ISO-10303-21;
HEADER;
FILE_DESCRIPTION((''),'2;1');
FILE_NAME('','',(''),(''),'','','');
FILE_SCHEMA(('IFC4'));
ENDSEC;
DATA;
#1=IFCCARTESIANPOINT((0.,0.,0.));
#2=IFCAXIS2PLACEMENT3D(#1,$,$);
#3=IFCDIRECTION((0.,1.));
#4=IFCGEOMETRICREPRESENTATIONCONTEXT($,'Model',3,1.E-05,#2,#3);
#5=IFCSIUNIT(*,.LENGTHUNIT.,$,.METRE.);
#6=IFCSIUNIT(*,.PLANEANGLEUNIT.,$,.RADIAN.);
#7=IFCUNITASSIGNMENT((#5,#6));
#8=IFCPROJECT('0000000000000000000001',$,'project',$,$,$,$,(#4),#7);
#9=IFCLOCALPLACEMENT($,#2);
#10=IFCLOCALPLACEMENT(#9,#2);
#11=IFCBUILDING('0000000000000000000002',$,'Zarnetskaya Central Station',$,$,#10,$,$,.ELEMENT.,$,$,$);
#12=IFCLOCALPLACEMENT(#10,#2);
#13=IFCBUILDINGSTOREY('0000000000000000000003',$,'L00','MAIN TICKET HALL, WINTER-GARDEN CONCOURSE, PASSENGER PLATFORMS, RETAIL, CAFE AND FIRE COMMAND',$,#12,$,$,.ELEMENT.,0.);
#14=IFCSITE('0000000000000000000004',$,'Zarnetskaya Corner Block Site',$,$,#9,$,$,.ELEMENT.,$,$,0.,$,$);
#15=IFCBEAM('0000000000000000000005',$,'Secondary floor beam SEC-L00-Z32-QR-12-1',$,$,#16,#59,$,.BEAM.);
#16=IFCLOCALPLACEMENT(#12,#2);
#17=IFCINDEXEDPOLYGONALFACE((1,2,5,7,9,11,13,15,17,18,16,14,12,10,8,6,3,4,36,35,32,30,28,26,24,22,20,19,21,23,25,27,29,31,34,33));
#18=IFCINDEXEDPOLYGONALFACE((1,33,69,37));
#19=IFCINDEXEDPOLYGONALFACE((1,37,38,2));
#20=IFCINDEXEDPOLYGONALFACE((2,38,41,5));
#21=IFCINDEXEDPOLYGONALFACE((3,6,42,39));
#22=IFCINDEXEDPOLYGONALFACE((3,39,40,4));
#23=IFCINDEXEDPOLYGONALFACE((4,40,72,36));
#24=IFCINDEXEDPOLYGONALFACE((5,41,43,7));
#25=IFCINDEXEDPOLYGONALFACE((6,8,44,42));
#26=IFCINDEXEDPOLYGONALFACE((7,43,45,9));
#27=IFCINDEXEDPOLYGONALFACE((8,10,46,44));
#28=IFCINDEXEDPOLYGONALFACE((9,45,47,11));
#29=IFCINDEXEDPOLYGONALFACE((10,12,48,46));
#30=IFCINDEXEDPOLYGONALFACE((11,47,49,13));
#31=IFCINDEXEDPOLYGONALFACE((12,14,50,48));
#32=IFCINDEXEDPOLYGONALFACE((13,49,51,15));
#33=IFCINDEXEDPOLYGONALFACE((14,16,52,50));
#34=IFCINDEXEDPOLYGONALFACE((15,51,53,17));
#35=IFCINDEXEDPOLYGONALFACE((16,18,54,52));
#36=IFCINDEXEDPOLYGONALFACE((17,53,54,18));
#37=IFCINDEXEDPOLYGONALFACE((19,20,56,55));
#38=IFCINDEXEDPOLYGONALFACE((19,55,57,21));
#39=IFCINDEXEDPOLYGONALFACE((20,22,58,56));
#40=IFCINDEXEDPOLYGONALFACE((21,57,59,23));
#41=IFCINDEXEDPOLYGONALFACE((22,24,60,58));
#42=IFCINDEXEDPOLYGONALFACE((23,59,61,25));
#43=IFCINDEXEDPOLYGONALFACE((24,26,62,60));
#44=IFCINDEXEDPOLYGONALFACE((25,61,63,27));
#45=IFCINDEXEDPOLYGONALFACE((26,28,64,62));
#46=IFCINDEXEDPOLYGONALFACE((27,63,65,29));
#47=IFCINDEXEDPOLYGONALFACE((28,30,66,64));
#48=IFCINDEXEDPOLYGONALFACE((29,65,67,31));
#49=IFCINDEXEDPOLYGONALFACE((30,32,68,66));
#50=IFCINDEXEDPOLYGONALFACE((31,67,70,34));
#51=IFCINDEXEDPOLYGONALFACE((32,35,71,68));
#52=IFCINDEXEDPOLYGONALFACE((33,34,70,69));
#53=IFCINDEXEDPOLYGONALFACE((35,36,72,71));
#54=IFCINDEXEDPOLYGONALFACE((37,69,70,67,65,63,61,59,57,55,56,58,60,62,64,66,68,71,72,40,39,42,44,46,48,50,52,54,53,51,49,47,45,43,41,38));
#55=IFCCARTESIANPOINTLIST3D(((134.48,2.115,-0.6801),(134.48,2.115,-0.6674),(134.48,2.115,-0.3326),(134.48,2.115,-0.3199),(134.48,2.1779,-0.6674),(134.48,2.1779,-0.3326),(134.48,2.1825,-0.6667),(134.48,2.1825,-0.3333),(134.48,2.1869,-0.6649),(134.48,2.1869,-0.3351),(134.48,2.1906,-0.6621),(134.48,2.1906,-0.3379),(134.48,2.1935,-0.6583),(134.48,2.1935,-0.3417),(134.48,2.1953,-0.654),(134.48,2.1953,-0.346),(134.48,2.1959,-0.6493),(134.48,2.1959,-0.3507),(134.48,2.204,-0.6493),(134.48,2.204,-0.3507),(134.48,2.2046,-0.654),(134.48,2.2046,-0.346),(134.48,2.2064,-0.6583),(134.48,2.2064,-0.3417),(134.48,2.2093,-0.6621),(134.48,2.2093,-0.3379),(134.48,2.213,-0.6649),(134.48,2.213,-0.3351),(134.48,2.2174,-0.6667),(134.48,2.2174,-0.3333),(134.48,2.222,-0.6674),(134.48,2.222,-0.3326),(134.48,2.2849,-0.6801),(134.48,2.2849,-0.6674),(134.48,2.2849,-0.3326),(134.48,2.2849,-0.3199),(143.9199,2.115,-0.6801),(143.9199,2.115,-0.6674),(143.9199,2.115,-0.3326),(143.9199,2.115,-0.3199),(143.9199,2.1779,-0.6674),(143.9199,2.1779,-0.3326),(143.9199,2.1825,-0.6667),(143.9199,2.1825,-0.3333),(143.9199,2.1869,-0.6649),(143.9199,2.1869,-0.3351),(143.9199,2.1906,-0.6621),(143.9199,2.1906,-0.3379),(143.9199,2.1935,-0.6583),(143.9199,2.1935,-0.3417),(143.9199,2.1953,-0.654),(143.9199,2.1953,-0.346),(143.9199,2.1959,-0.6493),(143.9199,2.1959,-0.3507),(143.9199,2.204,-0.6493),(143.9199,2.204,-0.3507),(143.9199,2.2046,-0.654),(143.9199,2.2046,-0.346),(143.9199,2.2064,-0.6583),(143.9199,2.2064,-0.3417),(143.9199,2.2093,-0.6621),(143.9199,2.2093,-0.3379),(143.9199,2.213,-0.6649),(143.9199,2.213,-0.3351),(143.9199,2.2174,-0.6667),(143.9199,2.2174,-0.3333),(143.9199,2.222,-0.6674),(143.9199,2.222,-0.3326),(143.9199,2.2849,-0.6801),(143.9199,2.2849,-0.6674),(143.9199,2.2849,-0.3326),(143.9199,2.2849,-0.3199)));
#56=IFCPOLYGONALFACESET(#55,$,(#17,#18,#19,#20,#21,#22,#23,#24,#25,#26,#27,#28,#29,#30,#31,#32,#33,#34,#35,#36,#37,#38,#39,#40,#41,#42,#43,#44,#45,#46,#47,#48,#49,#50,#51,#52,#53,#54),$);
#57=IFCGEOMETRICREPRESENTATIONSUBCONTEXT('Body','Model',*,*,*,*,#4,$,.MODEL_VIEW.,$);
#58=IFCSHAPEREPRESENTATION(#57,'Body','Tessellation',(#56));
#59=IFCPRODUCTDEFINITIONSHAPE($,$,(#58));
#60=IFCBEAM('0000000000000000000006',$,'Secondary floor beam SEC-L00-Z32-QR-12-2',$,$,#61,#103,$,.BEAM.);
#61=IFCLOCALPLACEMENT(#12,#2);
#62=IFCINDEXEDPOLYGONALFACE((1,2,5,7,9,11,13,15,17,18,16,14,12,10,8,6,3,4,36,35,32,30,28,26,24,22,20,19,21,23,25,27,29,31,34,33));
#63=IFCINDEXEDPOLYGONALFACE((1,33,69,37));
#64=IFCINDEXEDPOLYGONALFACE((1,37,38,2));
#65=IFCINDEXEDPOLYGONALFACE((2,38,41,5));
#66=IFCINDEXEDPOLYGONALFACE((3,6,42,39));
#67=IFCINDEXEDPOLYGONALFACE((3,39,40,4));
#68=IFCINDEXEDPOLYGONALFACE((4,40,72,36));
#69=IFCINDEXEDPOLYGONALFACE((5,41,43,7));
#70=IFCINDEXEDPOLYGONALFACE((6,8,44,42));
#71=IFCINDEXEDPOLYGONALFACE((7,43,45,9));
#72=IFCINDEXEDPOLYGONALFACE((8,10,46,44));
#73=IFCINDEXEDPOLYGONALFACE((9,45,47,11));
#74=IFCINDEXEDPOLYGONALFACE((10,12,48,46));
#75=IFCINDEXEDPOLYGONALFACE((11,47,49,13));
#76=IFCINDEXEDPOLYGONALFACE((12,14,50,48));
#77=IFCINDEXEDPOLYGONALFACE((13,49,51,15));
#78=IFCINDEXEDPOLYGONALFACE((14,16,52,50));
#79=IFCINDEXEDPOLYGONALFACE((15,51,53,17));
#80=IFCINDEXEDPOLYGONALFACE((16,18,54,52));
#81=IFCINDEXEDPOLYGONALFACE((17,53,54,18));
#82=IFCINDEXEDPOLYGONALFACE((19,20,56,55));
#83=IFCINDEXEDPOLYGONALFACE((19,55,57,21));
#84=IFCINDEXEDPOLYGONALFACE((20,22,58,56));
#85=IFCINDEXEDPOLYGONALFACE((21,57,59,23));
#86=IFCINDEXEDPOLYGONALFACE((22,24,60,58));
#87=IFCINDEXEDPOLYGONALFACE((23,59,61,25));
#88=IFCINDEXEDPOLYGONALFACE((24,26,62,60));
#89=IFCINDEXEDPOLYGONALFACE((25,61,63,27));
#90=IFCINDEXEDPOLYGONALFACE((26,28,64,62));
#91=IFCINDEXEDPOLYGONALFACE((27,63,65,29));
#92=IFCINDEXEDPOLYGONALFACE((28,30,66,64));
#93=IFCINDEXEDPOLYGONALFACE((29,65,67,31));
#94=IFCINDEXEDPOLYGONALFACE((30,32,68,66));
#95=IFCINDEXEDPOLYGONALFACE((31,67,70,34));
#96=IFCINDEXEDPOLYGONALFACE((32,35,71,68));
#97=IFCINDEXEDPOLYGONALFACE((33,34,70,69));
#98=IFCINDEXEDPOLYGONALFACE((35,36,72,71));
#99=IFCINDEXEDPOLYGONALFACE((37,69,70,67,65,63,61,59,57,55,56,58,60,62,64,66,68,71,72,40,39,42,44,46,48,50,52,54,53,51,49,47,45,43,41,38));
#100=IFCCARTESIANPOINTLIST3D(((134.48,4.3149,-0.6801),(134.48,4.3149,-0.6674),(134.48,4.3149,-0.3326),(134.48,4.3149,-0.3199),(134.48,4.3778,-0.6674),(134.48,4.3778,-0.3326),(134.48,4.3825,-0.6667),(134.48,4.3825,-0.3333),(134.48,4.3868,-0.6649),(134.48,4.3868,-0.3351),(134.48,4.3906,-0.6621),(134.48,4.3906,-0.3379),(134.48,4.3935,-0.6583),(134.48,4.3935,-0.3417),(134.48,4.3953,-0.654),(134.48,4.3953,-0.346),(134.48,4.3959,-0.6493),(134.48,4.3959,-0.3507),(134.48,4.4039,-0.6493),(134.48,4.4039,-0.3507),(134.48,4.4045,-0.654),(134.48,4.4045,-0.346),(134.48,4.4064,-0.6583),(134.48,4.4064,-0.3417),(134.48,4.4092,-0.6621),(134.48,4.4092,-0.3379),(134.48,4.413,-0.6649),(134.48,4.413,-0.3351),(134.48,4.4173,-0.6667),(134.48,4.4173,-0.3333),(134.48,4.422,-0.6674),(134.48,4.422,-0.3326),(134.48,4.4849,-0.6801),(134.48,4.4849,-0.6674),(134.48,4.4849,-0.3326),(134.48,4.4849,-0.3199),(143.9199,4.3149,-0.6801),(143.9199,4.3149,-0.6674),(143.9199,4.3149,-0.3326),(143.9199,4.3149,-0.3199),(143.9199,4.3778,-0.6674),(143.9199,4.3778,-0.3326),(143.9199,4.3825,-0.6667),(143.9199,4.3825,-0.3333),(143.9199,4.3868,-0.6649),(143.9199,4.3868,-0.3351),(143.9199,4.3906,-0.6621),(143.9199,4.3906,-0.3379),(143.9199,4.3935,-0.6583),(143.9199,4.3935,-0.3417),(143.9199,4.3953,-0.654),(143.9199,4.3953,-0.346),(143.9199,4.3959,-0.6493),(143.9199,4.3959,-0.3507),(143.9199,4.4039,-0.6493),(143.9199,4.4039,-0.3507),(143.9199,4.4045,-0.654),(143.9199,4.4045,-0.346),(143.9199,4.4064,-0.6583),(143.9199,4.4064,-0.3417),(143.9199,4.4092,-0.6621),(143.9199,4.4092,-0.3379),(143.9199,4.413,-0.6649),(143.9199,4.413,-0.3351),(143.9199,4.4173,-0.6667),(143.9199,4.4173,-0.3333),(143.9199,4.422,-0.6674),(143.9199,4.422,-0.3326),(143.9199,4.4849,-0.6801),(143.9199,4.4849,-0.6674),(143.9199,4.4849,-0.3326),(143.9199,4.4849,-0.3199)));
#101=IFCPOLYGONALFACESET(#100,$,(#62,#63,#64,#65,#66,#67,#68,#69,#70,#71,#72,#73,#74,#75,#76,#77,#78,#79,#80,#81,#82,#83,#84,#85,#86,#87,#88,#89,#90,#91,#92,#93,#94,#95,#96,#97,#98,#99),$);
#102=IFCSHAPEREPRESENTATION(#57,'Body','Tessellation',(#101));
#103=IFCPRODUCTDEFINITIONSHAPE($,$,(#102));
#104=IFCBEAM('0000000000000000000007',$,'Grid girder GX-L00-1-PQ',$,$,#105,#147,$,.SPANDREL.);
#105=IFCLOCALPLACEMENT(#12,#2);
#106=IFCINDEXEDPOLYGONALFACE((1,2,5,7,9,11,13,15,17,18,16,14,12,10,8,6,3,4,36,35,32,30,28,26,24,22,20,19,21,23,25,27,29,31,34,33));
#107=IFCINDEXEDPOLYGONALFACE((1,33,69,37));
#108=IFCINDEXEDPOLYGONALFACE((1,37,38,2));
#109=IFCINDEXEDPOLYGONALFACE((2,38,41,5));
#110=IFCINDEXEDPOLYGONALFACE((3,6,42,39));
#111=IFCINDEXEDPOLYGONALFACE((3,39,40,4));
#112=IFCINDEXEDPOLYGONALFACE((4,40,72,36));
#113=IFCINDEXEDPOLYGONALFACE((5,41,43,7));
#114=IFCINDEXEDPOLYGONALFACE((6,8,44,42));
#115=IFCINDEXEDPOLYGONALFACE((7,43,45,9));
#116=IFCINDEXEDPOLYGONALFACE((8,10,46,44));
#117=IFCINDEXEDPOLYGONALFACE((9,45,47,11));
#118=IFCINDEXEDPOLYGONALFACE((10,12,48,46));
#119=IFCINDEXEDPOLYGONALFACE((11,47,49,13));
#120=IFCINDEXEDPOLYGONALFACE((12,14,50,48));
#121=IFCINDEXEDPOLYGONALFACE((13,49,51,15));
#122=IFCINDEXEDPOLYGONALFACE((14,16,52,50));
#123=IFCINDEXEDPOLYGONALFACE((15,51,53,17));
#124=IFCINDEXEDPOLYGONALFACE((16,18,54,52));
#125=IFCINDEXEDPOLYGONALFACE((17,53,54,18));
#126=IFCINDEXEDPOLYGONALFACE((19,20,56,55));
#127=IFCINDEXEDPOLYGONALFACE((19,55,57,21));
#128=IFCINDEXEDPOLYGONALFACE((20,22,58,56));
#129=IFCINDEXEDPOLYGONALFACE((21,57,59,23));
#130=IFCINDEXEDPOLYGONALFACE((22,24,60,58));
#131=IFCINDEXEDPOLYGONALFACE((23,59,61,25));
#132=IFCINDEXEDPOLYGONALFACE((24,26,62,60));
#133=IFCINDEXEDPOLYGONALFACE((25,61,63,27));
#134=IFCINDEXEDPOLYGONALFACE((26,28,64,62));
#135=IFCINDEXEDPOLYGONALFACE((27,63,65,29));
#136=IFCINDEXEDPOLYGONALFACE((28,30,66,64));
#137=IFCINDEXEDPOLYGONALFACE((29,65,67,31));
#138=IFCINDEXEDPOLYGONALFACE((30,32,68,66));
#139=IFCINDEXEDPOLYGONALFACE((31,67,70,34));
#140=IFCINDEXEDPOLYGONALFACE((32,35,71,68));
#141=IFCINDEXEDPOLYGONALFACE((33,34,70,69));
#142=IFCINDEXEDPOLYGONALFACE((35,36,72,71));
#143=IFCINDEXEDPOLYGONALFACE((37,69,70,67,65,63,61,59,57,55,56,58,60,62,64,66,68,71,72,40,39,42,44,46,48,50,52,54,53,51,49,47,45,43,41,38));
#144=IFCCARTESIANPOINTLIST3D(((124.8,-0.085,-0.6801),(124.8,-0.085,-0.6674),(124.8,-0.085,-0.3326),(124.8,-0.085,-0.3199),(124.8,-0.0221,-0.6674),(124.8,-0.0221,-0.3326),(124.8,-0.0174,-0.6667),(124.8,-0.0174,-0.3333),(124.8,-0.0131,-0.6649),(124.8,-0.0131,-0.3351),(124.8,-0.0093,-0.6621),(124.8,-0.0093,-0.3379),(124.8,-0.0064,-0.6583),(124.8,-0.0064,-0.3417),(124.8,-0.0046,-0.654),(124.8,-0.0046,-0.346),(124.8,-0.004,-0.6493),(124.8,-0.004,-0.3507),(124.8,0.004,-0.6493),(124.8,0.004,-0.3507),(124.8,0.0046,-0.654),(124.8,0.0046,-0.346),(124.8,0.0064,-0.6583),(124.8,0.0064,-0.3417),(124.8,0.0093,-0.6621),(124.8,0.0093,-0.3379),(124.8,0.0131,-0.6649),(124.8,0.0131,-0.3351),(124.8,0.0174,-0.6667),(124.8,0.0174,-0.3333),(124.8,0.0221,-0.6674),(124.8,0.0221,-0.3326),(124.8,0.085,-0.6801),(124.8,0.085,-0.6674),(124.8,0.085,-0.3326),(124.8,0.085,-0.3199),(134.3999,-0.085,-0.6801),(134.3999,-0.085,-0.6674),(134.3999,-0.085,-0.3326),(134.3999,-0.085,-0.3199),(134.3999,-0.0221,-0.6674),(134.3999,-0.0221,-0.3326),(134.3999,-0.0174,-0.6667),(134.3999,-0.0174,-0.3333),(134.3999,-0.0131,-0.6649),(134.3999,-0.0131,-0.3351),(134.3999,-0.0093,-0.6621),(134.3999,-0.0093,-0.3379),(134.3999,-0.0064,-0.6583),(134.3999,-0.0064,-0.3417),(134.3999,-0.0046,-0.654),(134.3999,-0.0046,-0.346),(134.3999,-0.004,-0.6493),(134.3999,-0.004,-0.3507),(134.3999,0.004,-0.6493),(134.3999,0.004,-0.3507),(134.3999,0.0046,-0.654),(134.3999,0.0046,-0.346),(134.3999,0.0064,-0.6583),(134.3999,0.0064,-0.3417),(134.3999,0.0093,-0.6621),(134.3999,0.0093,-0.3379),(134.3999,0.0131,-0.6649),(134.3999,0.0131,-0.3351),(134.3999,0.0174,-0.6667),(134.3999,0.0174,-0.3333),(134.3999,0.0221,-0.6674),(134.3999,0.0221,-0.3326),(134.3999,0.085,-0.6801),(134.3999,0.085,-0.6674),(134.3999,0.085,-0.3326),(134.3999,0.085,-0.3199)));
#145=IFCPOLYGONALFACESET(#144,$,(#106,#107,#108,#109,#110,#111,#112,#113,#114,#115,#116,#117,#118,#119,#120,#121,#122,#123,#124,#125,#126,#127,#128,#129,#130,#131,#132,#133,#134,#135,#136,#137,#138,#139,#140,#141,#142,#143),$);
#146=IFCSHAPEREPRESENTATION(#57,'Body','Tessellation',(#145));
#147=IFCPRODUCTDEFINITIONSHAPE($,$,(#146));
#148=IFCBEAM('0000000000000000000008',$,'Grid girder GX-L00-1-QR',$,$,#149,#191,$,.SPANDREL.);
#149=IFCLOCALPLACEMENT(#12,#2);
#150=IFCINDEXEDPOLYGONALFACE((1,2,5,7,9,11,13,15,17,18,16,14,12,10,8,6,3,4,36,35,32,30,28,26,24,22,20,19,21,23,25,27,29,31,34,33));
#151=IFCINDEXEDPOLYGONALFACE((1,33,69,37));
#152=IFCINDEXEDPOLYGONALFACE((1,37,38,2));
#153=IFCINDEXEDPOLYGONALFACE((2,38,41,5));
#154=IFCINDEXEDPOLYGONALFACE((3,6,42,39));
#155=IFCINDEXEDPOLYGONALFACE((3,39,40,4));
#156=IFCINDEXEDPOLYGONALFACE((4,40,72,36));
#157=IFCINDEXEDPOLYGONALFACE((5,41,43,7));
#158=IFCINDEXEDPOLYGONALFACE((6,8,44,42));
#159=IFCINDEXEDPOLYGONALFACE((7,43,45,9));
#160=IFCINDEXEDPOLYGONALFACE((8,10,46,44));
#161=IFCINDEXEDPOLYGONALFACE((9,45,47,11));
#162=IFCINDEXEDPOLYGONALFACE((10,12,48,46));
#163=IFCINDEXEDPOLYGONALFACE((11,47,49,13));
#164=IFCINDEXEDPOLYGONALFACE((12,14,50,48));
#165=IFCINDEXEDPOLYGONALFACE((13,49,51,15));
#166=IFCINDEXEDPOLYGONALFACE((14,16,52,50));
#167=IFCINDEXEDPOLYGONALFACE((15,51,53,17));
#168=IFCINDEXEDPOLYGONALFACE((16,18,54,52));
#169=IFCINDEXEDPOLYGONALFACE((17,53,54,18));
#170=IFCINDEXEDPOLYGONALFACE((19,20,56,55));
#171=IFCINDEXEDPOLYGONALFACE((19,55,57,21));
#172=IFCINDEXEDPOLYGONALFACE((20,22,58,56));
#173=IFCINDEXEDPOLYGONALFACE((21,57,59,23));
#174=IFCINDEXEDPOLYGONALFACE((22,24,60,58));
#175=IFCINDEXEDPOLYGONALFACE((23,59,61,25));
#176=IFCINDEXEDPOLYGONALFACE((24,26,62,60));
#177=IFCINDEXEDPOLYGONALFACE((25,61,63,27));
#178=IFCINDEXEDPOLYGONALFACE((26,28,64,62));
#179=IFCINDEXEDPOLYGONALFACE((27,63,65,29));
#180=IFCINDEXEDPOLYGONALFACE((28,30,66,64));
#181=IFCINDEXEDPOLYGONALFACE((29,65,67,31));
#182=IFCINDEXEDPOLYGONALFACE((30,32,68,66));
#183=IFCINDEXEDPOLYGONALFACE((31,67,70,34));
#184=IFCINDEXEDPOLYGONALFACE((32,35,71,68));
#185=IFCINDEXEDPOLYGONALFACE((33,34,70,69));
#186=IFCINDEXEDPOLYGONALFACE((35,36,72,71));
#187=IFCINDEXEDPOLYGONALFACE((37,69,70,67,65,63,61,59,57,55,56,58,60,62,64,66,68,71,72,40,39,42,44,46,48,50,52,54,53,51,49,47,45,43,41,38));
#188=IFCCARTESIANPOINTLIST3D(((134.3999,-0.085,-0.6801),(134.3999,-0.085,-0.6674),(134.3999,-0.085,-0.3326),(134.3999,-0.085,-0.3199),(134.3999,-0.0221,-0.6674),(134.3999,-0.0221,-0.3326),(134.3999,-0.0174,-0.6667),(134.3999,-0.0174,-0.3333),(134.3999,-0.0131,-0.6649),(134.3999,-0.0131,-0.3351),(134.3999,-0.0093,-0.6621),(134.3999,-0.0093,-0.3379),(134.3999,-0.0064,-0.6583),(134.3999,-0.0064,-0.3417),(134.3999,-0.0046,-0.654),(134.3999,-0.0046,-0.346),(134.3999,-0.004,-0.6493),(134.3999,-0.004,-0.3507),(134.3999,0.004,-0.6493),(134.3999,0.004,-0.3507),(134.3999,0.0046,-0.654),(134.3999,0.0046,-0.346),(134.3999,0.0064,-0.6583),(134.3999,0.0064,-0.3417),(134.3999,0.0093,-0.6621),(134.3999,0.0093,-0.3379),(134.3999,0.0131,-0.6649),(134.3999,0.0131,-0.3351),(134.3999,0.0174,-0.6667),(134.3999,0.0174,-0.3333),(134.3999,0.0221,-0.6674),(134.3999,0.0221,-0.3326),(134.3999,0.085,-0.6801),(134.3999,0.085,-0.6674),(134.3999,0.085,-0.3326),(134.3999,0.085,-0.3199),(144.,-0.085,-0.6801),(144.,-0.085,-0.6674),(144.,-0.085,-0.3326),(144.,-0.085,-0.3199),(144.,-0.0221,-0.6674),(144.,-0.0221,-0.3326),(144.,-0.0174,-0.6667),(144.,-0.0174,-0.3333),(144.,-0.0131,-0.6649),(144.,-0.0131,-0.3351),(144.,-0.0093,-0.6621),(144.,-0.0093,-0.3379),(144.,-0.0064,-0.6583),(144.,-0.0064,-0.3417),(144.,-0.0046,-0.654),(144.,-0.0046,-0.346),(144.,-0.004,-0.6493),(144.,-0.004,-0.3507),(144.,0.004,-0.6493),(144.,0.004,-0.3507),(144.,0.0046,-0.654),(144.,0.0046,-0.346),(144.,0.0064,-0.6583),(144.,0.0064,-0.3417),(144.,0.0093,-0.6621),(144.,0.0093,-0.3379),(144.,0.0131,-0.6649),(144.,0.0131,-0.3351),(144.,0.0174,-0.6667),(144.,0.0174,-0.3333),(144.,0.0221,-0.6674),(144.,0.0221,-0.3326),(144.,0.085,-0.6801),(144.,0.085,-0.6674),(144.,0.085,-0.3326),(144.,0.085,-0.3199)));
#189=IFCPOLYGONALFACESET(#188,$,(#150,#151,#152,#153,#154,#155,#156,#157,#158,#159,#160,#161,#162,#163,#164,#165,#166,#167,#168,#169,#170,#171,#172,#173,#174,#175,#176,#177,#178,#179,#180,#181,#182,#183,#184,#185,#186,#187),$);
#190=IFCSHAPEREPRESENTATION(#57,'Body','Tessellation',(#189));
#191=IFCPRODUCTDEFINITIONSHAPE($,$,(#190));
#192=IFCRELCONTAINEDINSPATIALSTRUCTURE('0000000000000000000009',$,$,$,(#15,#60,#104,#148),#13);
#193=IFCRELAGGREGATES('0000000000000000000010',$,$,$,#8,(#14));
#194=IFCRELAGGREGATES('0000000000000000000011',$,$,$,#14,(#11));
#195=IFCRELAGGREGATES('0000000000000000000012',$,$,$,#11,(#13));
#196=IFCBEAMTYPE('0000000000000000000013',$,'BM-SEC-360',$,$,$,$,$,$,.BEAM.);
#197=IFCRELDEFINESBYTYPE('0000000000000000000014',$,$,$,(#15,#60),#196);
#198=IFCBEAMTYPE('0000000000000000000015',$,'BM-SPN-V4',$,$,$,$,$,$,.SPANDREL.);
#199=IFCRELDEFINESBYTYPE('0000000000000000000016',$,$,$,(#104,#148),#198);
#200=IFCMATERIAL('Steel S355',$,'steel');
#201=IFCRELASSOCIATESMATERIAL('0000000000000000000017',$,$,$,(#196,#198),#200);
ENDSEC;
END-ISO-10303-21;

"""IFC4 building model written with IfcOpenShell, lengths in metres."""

from ifc_helpers import new_model, si_unit, direction, frame, origin, origin_2d, place, context, subcontext, project, spatial, i_section, extrude, material, material_profile, profile_set, type_object, element, save


model = new_model("IFC4")

# Units and contexts
model_context = context("Model", 3, precision=1e-05, world=origin(), true_north=direction((0.0, 1.0)))
body_context = subcontext(model_context, "Body", "Model", "MODEL_VIEW")
ifc_project = project(units=[si_unit("LENGTHUNIT", "METRE"), si_unit("PLANEANGLEUNIT", "RADIAN")], contexts=[model_context])

# Site, building, storey
site_placement = place(None, origin())
site = spatial("IfcSite", under=ifc_project, at=site_placement, Name="Zarnetskaya Corner Block Site", CompositionType="ELEMENT", RefElevation=0.0)
building_placement = place(site_placement, origin())
building = spatial("IfcBuilding", under=site, at=building_placement, Name="Zarnetskaya Central Station", CompositionType="ELEMENT")
storey_placement = place(building_placement, origin())
storey = spatial("IfcBuildingStorey", under=building, at=storey_placement, Name="L00", Description="MAIN TICKET HALL, WINTER-GARDEN CONCOURSE, PASSENGER PLATFORMS, RETAIL, CAFE AND FIRE COMMAND", CompositionType="ELEMENT", Elevation=0.0)

# Shared definitions
ifc_material_1 = material(Name="Steel S355", Category="steel")

# Beams
ifc_material_profile_1 = material_profile(ifc_material_1, i_section(OverallWidth=0.1699, OverallDepth=0.3601, WebThickness=0.0081, FlangeThickness=0.0127, FilletRadius=0.0181, at=origin_2d()), Name="IPE 360")
ifc_profile_set_1 = profile_set([ifc_material_profile_1], Name="Steel S355")
beam_type_1 = type_object("IfcBeamType", Name="BM-SEC-360", PredefinedType="BEAM", material=ifc_profile_set_1)
for number, where, z_axis, x_axis, name in (
    (1, (134.48, 2.2, -0.5), (1.0, 0.0, 0.0), (0.0, 1.0, 0.0), "Secondary floor beam SEC-L00-Z32-QR-12-1"),
    (2, (134.48, 4.3999, -0.5), (1.0, 0.0, 0.0), (0.0, 1.0, 0.0), "Secondary floor beam SEC-L00-Z32-QR-12-2"),
):
    element("IfcBeam", number, at=place(storey_placement, frame(where, z_axis=z_axis, x_axis=x_axis)), inside=storey, type_object=beam_type_1, Name=name, PredefinedType="BEAM", context=body_context, shape_type="SweptSolid", body=[
        extrude(i_section(OverallWidth=0.1699, OverallDepth=0.3601, WebThickness=0.0081, FlangeThickness=0.0127, FilletRadius=0.0181, at=origin_2d()), origin(), (0.0, 0.0, 1.0), 9.4399),
    ])
ifc_material_profile_2 = material_profile(ifc_material_1, i_section(OverallWidth=0.1699, OverallDepth=0.3601, WebThickness=0.0081, FlangeThickness=0.0127, FilletRadius=0.0181, at=origin_2d()), Name="IPE 360")
ifc_profile_set_2 = profile_set([ifc_material_profile_2], Name="Steel S355")
beam_type_2 = type_object("IfcBeamType", Name="BM-SPN-V4", PredefinedType="SPANDREL", material=ifc_profile_set_2)
beam_1_placement = place(storey_placement, frame((124.8, 0.0, -0.5), z_axis=(1.0, 0.0, 0.0), x_axis=(0.0, 1.0, 0.0)))
element("IfcBeam", 3, at=beam_1_placement, inside=storey, type_object=beam_type_2, Name="Grid girder GX-L00-1-PQ", PredefinedType="SPANDREL", context=body_context, shape_type="SweptSolid", body=[
    extrude(i_section(OverallWidth=0.1699, OverallDepth=0.3601, WebThickness=0.0081, FlangeThickness=0.0127, FilletRadius=0.0181, at=origin_2d()), origin(), (0.0, 0.0, 1.0), 9.5999),
])
beam_2_placement = place(storey_placement, frame((134.3999, 0.0, -0.5), z_axis=(1.0, 0.0, 0.0), x_axis=(0.0, 1.0, 0.0)))
element("IfcBeam", 4, at=beam_2_placement, inside=storey, type_object=beam_type_2, Name="Grid girder GX-L00-1-QR", PredefinedType="SPANDREL", context=body_context, shape_type="SweptSolid", body=[
    extrude(i_section(OverallWidth=0.1699, OverallDepth=0.3601, WebThickness=0.0081, FlangeThickness=0.0127, FilletRadius=0.0181, at=origin_2d()), origin(), (0.0, 0.0, 1.0), 9.6001),
])

save(model, "model.ifc")
